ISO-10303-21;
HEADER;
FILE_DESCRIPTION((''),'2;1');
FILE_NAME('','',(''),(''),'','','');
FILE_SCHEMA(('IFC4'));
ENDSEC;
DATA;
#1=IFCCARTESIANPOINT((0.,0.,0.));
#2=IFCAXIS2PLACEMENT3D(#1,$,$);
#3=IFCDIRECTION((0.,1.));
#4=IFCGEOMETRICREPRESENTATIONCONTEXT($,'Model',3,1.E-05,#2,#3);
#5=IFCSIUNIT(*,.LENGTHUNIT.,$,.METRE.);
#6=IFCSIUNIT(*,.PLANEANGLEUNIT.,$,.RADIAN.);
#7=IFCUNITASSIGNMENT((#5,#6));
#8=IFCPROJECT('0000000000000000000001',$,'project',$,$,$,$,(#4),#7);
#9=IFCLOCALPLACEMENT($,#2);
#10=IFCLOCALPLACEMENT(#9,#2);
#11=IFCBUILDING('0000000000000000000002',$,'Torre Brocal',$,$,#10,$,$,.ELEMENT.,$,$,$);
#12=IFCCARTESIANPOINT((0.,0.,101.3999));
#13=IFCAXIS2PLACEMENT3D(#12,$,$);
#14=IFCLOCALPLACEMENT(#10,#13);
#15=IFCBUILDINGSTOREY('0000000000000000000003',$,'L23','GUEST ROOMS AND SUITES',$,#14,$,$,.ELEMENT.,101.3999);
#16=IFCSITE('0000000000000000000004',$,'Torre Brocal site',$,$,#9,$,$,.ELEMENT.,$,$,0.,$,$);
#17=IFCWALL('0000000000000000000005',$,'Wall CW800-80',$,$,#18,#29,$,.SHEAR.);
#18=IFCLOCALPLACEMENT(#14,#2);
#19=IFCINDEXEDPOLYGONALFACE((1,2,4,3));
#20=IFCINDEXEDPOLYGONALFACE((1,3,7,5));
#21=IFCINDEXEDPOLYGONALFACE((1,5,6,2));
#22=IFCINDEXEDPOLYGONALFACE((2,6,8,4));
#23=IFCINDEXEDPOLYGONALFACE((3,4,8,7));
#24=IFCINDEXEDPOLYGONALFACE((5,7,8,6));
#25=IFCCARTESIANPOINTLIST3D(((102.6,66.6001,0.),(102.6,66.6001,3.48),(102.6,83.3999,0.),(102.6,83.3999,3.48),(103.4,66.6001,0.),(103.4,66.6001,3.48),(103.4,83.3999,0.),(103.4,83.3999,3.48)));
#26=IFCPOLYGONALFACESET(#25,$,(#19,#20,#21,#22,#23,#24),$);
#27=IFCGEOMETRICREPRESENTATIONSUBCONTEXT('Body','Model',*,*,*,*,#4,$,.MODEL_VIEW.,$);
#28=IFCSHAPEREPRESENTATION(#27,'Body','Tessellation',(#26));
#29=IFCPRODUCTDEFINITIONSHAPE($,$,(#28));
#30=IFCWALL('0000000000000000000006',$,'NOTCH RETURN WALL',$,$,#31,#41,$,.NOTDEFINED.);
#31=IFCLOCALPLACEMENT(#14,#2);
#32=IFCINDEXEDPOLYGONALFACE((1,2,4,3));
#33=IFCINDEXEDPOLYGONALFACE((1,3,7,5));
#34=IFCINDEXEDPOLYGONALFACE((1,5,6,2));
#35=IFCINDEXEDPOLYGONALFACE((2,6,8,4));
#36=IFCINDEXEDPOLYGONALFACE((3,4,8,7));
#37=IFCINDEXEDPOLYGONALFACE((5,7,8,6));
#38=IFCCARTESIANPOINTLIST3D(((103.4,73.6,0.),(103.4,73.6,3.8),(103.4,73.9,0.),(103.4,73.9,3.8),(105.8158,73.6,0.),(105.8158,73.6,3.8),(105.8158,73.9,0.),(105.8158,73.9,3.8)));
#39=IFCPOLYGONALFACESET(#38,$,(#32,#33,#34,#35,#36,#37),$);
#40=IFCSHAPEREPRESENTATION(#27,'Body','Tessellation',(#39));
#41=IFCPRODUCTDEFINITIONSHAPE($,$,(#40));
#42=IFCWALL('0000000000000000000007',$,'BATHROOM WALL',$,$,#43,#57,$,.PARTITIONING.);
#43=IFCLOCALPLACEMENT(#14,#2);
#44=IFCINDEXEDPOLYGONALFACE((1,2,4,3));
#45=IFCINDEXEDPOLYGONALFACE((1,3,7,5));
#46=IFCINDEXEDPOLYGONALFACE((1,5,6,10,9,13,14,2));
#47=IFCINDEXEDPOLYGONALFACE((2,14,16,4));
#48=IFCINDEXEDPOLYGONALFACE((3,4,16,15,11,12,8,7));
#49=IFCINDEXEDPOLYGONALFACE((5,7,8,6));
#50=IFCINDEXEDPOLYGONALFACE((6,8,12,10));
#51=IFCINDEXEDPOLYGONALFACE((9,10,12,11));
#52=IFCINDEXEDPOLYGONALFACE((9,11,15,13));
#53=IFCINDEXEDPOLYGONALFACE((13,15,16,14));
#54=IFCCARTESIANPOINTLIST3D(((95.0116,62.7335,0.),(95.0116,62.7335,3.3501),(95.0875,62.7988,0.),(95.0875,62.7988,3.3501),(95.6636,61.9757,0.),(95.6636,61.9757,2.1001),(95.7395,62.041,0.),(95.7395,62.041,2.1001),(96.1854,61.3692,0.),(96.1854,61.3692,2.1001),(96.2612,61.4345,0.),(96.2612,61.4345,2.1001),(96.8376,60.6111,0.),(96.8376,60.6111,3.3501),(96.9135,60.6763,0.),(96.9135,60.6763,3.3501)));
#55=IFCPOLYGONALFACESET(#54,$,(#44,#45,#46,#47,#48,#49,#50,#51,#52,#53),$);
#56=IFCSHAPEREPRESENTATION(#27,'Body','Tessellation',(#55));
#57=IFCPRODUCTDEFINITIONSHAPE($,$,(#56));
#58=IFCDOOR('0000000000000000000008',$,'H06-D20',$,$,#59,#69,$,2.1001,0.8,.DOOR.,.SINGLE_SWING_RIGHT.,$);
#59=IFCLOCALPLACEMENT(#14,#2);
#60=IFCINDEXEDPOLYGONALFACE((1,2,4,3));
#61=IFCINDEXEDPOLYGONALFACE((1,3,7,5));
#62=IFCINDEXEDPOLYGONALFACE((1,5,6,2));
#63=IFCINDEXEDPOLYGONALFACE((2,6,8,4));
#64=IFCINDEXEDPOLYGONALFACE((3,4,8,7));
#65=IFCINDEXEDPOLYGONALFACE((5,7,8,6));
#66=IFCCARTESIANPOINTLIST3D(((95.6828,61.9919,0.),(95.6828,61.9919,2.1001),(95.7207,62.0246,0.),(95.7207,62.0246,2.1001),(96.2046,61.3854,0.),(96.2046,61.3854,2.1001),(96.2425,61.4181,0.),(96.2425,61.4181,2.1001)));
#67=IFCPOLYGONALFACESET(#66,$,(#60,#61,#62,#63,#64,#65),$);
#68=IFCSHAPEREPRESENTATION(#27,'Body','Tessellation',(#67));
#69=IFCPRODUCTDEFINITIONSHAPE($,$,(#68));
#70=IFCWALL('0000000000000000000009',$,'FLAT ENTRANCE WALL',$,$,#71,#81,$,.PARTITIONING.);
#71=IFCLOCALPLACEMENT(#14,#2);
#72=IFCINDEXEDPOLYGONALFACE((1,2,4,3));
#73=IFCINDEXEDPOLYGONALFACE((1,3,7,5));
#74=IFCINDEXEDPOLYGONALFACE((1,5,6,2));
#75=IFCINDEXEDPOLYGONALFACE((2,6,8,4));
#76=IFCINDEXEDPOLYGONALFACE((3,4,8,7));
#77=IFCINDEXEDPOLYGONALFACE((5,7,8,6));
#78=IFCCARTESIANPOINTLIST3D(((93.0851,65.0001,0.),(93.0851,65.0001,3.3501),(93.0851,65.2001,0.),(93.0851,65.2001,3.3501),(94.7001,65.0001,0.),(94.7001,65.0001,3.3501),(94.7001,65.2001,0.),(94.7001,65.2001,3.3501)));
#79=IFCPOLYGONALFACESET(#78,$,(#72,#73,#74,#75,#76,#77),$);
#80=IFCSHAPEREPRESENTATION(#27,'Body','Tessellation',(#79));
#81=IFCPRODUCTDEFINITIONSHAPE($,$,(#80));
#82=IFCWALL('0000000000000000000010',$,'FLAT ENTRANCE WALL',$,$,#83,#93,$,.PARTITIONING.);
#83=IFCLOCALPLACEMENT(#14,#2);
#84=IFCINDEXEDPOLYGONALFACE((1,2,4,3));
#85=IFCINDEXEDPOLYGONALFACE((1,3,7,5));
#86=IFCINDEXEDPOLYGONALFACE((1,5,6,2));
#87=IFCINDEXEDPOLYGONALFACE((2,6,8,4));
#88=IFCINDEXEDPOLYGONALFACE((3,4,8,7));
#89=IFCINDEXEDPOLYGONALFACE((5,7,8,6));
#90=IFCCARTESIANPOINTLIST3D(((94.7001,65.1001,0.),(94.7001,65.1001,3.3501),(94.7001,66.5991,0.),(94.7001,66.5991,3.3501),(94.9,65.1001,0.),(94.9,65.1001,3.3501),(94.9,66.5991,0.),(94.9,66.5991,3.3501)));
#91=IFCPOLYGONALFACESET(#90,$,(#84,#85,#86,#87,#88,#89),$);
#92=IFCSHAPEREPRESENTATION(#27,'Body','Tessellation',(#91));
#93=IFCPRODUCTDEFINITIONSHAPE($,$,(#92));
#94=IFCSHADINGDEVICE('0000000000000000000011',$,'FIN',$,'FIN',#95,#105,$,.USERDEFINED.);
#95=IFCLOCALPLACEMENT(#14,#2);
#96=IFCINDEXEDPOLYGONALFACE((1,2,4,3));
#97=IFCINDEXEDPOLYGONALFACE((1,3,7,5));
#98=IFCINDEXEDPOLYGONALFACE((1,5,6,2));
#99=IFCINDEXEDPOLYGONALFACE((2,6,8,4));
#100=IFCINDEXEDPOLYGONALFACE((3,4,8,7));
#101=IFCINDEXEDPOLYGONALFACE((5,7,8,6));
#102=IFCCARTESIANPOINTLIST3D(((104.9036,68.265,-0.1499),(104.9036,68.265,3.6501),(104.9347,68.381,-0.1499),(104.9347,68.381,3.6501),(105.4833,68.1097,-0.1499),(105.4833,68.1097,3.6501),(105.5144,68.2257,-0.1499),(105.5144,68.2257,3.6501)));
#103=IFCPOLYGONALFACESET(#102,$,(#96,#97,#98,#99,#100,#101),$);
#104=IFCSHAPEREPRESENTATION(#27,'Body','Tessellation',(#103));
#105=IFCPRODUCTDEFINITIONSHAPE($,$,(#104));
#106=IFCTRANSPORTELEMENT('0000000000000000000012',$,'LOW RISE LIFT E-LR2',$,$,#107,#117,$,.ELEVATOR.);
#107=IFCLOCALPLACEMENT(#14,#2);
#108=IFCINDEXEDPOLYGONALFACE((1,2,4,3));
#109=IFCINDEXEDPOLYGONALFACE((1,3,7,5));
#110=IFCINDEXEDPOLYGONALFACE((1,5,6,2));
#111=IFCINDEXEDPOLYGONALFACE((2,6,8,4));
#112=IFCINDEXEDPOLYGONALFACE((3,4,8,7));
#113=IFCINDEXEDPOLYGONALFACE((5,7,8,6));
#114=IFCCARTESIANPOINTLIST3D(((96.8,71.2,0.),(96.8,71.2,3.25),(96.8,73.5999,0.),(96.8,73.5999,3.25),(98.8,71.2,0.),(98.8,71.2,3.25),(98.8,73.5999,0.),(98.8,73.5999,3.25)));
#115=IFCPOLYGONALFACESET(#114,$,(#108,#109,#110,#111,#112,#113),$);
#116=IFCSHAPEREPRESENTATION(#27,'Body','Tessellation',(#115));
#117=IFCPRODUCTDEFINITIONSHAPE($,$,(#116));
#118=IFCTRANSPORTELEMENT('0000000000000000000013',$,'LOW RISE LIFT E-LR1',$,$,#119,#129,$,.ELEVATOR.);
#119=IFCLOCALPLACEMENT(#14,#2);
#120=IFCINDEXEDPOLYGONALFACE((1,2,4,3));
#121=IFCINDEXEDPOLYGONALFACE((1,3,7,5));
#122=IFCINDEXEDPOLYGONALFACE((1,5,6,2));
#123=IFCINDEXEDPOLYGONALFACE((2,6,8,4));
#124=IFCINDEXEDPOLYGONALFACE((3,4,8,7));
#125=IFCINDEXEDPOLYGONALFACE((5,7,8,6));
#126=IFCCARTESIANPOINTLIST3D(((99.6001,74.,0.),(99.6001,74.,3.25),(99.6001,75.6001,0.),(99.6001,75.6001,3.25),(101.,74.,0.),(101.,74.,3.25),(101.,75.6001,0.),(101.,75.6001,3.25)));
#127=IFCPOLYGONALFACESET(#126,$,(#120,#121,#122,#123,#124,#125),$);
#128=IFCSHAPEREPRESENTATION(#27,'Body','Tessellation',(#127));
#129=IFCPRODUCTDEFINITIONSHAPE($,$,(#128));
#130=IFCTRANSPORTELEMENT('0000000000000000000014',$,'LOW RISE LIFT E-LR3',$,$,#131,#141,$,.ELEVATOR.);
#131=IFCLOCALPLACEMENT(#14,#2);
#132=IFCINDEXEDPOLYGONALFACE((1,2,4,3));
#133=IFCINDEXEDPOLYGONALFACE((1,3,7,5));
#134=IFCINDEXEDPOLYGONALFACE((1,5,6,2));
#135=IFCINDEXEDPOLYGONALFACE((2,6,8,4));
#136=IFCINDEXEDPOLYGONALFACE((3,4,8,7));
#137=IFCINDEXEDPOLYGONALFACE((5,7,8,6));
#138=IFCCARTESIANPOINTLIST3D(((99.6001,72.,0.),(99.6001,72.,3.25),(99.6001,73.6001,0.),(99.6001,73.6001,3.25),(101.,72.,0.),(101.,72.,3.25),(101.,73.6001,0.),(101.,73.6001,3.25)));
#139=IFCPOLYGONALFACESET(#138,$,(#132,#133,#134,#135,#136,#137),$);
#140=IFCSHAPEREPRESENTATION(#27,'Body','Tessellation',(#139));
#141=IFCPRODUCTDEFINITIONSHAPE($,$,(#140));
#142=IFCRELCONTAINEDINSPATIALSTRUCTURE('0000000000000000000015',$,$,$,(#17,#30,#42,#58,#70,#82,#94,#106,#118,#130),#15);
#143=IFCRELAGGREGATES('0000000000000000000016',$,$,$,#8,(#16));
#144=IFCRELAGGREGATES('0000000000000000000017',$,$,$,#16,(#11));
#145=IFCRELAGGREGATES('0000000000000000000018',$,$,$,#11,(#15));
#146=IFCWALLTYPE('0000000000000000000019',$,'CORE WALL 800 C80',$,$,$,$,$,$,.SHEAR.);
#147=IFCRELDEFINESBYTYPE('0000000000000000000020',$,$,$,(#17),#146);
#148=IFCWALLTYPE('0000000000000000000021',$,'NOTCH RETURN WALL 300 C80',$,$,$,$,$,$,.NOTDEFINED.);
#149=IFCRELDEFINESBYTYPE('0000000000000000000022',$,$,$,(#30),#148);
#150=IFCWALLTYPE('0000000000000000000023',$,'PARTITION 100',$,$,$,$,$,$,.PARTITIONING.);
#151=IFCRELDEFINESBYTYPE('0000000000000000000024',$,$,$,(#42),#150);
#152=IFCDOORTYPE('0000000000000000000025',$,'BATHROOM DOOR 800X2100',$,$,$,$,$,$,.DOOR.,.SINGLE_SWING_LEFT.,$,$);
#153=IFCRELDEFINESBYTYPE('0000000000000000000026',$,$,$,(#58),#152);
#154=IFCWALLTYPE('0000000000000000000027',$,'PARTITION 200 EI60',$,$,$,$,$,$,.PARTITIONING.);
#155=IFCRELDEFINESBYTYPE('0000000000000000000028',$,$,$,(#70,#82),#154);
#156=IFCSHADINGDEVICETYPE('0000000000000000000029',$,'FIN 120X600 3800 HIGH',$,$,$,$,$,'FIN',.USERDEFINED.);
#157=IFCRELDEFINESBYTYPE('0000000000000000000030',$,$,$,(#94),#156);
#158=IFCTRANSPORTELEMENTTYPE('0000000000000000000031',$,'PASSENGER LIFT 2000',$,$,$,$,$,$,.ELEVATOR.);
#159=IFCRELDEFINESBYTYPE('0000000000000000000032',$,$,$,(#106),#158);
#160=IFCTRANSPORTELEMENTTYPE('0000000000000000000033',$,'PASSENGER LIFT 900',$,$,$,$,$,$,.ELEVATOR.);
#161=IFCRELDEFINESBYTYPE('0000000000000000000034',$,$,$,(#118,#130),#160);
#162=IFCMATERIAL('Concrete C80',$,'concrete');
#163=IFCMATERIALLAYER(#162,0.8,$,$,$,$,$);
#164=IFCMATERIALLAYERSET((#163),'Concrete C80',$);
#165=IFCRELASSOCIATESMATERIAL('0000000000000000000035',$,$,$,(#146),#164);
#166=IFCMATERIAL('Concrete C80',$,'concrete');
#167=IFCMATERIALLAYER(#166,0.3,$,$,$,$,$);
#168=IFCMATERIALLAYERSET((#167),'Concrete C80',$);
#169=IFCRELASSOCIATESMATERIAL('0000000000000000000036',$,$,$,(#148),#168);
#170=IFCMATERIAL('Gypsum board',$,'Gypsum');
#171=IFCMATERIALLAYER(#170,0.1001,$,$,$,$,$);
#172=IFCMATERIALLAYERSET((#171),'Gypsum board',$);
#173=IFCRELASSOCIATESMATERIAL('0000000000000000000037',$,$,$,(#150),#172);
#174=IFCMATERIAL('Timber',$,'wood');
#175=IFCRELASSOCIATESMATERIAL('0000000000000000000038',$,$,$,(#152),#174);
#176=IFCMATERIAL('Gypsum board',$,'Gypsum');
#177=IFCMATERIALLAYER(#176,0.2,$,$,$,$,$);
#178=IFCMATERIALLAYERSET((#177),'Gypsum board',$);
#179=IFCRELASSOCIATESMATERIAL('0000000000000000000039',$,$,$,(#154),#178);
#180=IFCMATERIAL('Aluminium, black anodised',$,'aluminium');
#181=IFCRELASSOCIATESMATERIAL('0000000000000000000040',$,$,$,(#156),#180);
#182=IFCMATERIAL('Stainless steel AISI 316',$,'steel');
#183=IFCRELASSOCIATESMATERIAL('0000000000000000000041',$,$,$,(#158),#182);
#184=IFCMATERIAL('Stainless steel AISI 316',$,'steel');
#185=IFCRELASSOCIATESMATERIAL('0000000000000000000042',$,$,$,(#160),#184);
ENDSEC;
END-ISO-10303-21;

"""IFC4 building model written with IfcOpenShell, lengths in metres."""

from ifc_helpers import new_model, si_unit, direction, frame, frame_2d, origin, origin_2d, place, context, subcontext, project, spatial, rectangle, extrude, material, layer, layer_set, material_profile, profile_set, type_object, element, fill, save


model = new_model("IFC4")

# Units and contexts
model_context = context("Model", 3, precision=1e-05, world=origin(), true_north=direction((0.0, 1.0)))
body_context = subcontext(model_context, "Body", "Model", "MODEL_VIEW")
ifc_project = project(units=[si_unit("LENGTHUNIT", "METRE"), si_unit("PLANEANGLEUNIT", "RADIAN")], contexts=[model_context])

# Site, building, storey
site_placement = place(None, origin())
site = spatial("IfcSite", under=ifc_project, at=site_placement, Name="Torre Brocal site", CompositionType="ELEMENT", RefElevation=0.0)
building_placement = place(site_placement, origin())
building = spatial("IfcBuilding", under=site, at=building_placement, Name="Torre Brocal", CompositionType="ELEMENT")
storey_placement = place(building_placement, frame((0.0, 0.0, 101.3999)))
storey = spatial("IfcBuildingStorey", under=building, at=storey_placement, Name="L23", Description="GUEST ROOMS AND SUITES", CompositionType="ELEMENT", Elevation=101.3999)

# Walls
ifc_material_1 = material(Name="Concrete C80", Category="concrete")
ifc_layer_1 = layer(ifc_material_1, 0.8)
ifc_layer_set_1 = layer_set([ifc_layer_1], Name="Concrete C80")
wall_type_1 = type_object("IfcWallType", Name="CORE WALL 800 C80", PredefinedType="SHEAR", material=ifc_layer_set_1)
wall_1_placement = place(storey_placement, frame((103.0, 66.6001, 0.0), z_axis=(0.0, 0.0, 1.0), x_axis=(0.0, 1.0, 0.0)))
element("IfcWall", 1, at=wall_1_placement, inside=storey, type_object=wall_type_1, Name="Wall CW800-80", PredefinedType="SHEAR", context=body_context, shape_type="SweptSolid", body=[
    extrude(rectangle(XDim=16.7998, YDim=0.8, at=frame_2d((8.3999, 0.0))), origin(), (0.0, 0.0, 1.0), 3.48),
])
ifc_material_2 = material(Name="Concrete C80", Category="concrete")
ifc_layer_2 = layer(ifc_material_2, 0.3)
ifc_layer_set_2 = layer_set([ifc_layer_2], Name="Concrete C80")
wall_type_2 = type_object("IfcWallType", Name="NOTCH RETURN WALL 300 C80", PredefinedType="NOTDEFINED", material=ifc_layer_set_2)
wall_2_placement = place(storey_placement, frame((103.3999, 73.75, 0.0), z_axis=(0.0, 0.0, 1.0), x_axis=(1.0, 0.0, 0.0)))
element("IfcWall", 2, at=wall_2_placement, inside=storey, type_object=wall_type_2, Name="NOTCH RETURN WALL", PredefinedType="NOTDEFINED", context=body_context, shape_type="SweptSolid", body=[
    extrude(rectangle(XDim=2.4158, YDim=0.3, at=frame_2d((1.208, 0.0))), origin(), (0.0, 0.0, 1.0), 3.8),
])

# Wall, opening, door
ifc_material_3 = material(Name="Gypsum board", Category="Gypsum")
ifc_layer_3 = layer(ifc_material_3, 0.1001)
ifc_layer_set_3 = layer_set([ifc_layer_3], Name="Gypsum board")
wall_type_3 = type_object("IfcWallType", Name="PARTITION 100", PredefinedType="PARTITIONING", material=ifc_layer_set_3)
wall_3_placement = place(storey_placement, frame((95.0496, 62.7661, 0.0), z_axis=(0.0, 0.0, 1.0), x_axis=(0.652191, -0.758055, 0.0)))
wall_3 = element("IfcWall", 3, at=wall_3_placement, inside=storey, type_object=wall_type_3, Name="BATHROOM WALL", PredefinedType="PARTITIONING", context=body_context, shape_type="SweptSolid", body=[
    extrude(rectangle(XDim=2.7998, YDim=0.1001, at=frame_2d((1.3999, 0.0))), origin(), (0.0, 0.0, 1.0), 3.3501),
])
opening_placement = place(wall_3_placement, frame((0.9998, 0.0, 0.0)))
opening = element("IfcOpeningElement", 4, at=opening_placement, cuts=wall_3, PredefinedType="OPENING", context=body_context, shape_type="SweptSolid", body=[
    extrude(rectangle(XDim=0.8, YDim=2.1001, at=frame_2d((0.3999, 1.05))), frame((0.0, 0.0601, 0.0), z_axis=(0.0, -1.0, 0.0), x_axis=(1.0, 0.0, 0.0)), (0.0, 0.0, 1.0), 0.1201),
])
ifc_material_4 = material(Name="Timber", Category="wood")
door_type = type_object("IfcDoorType", Name="BATHROOM DOOR 800X2100", OperationType="SINGLE_SWING_LEFT", PredefinedType="DOOR", material=ifc_material_4)
door_placement = place(opening_placement, frame((0.8, 0.0, 0.0), z_axis=(0.0, 0.0, 1.0), x_axis=(-1.0, 0.0, 0.0)))
door = element("IfcDoor", 5, at=door_placement, inside=storey, type_object=door_type, Name="H06-D20", OperationType="SINGLE_SWING_RIGHT", OverallHeight=2.1001, OverallWidth=0.8, PredefinedType="DOOR", context=body_context, shape_type="SweptSolid", body=[
    extrude(rectangle(XDim=0.8, YDim=2.1001, at=frame_2d((0.3999, 1.05))), frame((0.0, 0.0249, 0.0), z_axis=(0.0, -1.0, 0.0), x_axis=(1.0, 0.0, 0.0)), (0.0, 0.0, 1.0), 0.05),
])
fill(opening, door)

# Walls
ifc_material_5 = material(Name="Gypsum board", Category="Gypsum")
ifc_layer_4 = layer(ifc_material_5, 0.2)
ifc_layer_set_4 = layer_set([ifc_layer_4], Name="Gypsum board")
wall_type_4 = type_object("IfcWallType", Name="PARTITION 200 EI60", PredefinedType="PARTITIONING", material=ifc_layer_set_4)
wall_4_placement = place(storey_placement, frame((93.085, 65.1001, 0.0), z_axis=(0.0, 0.0, 1.0), x_axis=(1.0, 0.0, 0.0)))
element("IfcWall", 6, at=wall_4_placement, inside=storey, type_object=wall_type_4, Name="FLAT ENTRANCE WALL", PredefinedType="PARTITIONING", context=body_context, shape_type="SweptSolid", body=[
    extrude(rectangle(XDim=1.615, YDim=0.2, at=frame_2d((0.8076, 0.0))), origin(), (0.0, 0.0, 1.0), 3.3501),
])
wall_5_placement = place(storey_placement, frame((94.8, 65.1001, 0.0), z_axis=(0.0, 0.0, 1.0), x_axis=(0.0, 1.0, 0.0)))
element("IfcWall", 7, at=wall_5_placement, inside=storey, type_object=wall_type_4, Name="FLAT ENTRANCE WALL", PredefinedType="PARTITIONING", context=body_context, shape_type="SweptSolid", body=[
    extrude(rectangle(XDim=1.499, YDim=0.2, at=frame_2d((0.7495, 0.0))), origin(), (0.0, 0.0, 1.0), 3.3501),
])

# Shading device
ifc_material_6 = material(Name="Aluminium, black anodised", Category="aluminium")
ifc_material_profile_1 = material_profile(ifc_material_6, rectangle(XDim=0.1201, YDim=0.6001, at=origin_2d()), Name="FIN 120X600 3800 HIGH")
ifc_profile_set_1 = profile_set([ifc_material_profile_1], Name="Aluminium, black anodised")
shading_device_type = type_object("IfcShadingDeviceType", Name="FIN 120X600 3800 HIGH", ElementType="FIN", PredefinedType="USERDEFINED", material=ifc_profile_set_1)
shading_device_placement = place(storey_placement, frame((105.209, 68.2454, -0.1499), z_axis=(0.0, 0.0, 1.0), x_axis=(0.258819, 0.965926, 0.0)))
element("IfcShadingDevice", 8, at=shading_device_placement, inside=storey, type_object=shading_device_type, Name="FIN", ObjectType="FIN", PredefinedType="USERDEFINED", context=body_context, shape_type="SweptSolid", body=[
    extrude(rectangle(XDim=0.1201, YDim=0.6001, at=origin_2d()), origin(), (0.0, 0.0, 1.0), 3.8),
])

# Transport elements
ifc_material_7 = material(Name="Stainless steel AISI 316", Category="steel")
transport_element_type_1 = type_object("IfcTransportElementType", Name="PASSENGER LIFT 2000", PredefinedType="ELEVATOR", material=ifc_material_7)
transport_element_placement = place(storey_placement, frame((97.8, 72.3999, 0.0), z_axis=(0.0, 0.0, 1.0), x_axis=(1.0, 0.0, 0.0)))
element("IfcTransportElement", 9, at=transport_element_placement, inside=storey, type_object=transport_element_type_1, Name="LOW RISE LIFT E-LR2", PredefinedType="ELEVATOR", context=body_context, shape_type="SweptSolid", body=[
    extrude(rectangle(XDim=2.0, YDim=2.3999, at=origin_2d()), origin(), (0.0, 0.0, 1.0), 3.25),
])
ifc_material_8 = material(Name="Stainless steel AISI 316", Category="steel")
transport_element_type_2 = type_object("IfcTransportElementType", Name="PASSENGER LIFT 900", PredefinedType="ELEVATOR", material=ifc_material_8)
for number, where, z_axis, x_axis, name in (
    (10, (100.3, 74.8, 0.0), (0.0, 0.0, 1.0), (1.0, 0.0, 0.0), "LOW RISE LIFT E-LR1"),
    (11, (100.3, 72.8, 0.0), (0.0, 0.0, 1.0), (1.0, 0.0, 0.0), "LOW RISE LIFT E-LR3"),
):
    element("IfcTransportElement", number, at=place(storey_placement, frame(where, z_axis=z_axis, x_axis=x_axis)), inside=storey, type_object=transport_element_type_2, Name=name, PredefinedType="ELEVATOR", context=body_context, shape_type="SweptSolid", body=[
        extrude(rectangle(XDim=1.3999, YDim=1.6001, at=origin_2d()), origin(), (0.0, 0.0, 1.0), 3.25),
    ])

save(model, "model.ifc")
